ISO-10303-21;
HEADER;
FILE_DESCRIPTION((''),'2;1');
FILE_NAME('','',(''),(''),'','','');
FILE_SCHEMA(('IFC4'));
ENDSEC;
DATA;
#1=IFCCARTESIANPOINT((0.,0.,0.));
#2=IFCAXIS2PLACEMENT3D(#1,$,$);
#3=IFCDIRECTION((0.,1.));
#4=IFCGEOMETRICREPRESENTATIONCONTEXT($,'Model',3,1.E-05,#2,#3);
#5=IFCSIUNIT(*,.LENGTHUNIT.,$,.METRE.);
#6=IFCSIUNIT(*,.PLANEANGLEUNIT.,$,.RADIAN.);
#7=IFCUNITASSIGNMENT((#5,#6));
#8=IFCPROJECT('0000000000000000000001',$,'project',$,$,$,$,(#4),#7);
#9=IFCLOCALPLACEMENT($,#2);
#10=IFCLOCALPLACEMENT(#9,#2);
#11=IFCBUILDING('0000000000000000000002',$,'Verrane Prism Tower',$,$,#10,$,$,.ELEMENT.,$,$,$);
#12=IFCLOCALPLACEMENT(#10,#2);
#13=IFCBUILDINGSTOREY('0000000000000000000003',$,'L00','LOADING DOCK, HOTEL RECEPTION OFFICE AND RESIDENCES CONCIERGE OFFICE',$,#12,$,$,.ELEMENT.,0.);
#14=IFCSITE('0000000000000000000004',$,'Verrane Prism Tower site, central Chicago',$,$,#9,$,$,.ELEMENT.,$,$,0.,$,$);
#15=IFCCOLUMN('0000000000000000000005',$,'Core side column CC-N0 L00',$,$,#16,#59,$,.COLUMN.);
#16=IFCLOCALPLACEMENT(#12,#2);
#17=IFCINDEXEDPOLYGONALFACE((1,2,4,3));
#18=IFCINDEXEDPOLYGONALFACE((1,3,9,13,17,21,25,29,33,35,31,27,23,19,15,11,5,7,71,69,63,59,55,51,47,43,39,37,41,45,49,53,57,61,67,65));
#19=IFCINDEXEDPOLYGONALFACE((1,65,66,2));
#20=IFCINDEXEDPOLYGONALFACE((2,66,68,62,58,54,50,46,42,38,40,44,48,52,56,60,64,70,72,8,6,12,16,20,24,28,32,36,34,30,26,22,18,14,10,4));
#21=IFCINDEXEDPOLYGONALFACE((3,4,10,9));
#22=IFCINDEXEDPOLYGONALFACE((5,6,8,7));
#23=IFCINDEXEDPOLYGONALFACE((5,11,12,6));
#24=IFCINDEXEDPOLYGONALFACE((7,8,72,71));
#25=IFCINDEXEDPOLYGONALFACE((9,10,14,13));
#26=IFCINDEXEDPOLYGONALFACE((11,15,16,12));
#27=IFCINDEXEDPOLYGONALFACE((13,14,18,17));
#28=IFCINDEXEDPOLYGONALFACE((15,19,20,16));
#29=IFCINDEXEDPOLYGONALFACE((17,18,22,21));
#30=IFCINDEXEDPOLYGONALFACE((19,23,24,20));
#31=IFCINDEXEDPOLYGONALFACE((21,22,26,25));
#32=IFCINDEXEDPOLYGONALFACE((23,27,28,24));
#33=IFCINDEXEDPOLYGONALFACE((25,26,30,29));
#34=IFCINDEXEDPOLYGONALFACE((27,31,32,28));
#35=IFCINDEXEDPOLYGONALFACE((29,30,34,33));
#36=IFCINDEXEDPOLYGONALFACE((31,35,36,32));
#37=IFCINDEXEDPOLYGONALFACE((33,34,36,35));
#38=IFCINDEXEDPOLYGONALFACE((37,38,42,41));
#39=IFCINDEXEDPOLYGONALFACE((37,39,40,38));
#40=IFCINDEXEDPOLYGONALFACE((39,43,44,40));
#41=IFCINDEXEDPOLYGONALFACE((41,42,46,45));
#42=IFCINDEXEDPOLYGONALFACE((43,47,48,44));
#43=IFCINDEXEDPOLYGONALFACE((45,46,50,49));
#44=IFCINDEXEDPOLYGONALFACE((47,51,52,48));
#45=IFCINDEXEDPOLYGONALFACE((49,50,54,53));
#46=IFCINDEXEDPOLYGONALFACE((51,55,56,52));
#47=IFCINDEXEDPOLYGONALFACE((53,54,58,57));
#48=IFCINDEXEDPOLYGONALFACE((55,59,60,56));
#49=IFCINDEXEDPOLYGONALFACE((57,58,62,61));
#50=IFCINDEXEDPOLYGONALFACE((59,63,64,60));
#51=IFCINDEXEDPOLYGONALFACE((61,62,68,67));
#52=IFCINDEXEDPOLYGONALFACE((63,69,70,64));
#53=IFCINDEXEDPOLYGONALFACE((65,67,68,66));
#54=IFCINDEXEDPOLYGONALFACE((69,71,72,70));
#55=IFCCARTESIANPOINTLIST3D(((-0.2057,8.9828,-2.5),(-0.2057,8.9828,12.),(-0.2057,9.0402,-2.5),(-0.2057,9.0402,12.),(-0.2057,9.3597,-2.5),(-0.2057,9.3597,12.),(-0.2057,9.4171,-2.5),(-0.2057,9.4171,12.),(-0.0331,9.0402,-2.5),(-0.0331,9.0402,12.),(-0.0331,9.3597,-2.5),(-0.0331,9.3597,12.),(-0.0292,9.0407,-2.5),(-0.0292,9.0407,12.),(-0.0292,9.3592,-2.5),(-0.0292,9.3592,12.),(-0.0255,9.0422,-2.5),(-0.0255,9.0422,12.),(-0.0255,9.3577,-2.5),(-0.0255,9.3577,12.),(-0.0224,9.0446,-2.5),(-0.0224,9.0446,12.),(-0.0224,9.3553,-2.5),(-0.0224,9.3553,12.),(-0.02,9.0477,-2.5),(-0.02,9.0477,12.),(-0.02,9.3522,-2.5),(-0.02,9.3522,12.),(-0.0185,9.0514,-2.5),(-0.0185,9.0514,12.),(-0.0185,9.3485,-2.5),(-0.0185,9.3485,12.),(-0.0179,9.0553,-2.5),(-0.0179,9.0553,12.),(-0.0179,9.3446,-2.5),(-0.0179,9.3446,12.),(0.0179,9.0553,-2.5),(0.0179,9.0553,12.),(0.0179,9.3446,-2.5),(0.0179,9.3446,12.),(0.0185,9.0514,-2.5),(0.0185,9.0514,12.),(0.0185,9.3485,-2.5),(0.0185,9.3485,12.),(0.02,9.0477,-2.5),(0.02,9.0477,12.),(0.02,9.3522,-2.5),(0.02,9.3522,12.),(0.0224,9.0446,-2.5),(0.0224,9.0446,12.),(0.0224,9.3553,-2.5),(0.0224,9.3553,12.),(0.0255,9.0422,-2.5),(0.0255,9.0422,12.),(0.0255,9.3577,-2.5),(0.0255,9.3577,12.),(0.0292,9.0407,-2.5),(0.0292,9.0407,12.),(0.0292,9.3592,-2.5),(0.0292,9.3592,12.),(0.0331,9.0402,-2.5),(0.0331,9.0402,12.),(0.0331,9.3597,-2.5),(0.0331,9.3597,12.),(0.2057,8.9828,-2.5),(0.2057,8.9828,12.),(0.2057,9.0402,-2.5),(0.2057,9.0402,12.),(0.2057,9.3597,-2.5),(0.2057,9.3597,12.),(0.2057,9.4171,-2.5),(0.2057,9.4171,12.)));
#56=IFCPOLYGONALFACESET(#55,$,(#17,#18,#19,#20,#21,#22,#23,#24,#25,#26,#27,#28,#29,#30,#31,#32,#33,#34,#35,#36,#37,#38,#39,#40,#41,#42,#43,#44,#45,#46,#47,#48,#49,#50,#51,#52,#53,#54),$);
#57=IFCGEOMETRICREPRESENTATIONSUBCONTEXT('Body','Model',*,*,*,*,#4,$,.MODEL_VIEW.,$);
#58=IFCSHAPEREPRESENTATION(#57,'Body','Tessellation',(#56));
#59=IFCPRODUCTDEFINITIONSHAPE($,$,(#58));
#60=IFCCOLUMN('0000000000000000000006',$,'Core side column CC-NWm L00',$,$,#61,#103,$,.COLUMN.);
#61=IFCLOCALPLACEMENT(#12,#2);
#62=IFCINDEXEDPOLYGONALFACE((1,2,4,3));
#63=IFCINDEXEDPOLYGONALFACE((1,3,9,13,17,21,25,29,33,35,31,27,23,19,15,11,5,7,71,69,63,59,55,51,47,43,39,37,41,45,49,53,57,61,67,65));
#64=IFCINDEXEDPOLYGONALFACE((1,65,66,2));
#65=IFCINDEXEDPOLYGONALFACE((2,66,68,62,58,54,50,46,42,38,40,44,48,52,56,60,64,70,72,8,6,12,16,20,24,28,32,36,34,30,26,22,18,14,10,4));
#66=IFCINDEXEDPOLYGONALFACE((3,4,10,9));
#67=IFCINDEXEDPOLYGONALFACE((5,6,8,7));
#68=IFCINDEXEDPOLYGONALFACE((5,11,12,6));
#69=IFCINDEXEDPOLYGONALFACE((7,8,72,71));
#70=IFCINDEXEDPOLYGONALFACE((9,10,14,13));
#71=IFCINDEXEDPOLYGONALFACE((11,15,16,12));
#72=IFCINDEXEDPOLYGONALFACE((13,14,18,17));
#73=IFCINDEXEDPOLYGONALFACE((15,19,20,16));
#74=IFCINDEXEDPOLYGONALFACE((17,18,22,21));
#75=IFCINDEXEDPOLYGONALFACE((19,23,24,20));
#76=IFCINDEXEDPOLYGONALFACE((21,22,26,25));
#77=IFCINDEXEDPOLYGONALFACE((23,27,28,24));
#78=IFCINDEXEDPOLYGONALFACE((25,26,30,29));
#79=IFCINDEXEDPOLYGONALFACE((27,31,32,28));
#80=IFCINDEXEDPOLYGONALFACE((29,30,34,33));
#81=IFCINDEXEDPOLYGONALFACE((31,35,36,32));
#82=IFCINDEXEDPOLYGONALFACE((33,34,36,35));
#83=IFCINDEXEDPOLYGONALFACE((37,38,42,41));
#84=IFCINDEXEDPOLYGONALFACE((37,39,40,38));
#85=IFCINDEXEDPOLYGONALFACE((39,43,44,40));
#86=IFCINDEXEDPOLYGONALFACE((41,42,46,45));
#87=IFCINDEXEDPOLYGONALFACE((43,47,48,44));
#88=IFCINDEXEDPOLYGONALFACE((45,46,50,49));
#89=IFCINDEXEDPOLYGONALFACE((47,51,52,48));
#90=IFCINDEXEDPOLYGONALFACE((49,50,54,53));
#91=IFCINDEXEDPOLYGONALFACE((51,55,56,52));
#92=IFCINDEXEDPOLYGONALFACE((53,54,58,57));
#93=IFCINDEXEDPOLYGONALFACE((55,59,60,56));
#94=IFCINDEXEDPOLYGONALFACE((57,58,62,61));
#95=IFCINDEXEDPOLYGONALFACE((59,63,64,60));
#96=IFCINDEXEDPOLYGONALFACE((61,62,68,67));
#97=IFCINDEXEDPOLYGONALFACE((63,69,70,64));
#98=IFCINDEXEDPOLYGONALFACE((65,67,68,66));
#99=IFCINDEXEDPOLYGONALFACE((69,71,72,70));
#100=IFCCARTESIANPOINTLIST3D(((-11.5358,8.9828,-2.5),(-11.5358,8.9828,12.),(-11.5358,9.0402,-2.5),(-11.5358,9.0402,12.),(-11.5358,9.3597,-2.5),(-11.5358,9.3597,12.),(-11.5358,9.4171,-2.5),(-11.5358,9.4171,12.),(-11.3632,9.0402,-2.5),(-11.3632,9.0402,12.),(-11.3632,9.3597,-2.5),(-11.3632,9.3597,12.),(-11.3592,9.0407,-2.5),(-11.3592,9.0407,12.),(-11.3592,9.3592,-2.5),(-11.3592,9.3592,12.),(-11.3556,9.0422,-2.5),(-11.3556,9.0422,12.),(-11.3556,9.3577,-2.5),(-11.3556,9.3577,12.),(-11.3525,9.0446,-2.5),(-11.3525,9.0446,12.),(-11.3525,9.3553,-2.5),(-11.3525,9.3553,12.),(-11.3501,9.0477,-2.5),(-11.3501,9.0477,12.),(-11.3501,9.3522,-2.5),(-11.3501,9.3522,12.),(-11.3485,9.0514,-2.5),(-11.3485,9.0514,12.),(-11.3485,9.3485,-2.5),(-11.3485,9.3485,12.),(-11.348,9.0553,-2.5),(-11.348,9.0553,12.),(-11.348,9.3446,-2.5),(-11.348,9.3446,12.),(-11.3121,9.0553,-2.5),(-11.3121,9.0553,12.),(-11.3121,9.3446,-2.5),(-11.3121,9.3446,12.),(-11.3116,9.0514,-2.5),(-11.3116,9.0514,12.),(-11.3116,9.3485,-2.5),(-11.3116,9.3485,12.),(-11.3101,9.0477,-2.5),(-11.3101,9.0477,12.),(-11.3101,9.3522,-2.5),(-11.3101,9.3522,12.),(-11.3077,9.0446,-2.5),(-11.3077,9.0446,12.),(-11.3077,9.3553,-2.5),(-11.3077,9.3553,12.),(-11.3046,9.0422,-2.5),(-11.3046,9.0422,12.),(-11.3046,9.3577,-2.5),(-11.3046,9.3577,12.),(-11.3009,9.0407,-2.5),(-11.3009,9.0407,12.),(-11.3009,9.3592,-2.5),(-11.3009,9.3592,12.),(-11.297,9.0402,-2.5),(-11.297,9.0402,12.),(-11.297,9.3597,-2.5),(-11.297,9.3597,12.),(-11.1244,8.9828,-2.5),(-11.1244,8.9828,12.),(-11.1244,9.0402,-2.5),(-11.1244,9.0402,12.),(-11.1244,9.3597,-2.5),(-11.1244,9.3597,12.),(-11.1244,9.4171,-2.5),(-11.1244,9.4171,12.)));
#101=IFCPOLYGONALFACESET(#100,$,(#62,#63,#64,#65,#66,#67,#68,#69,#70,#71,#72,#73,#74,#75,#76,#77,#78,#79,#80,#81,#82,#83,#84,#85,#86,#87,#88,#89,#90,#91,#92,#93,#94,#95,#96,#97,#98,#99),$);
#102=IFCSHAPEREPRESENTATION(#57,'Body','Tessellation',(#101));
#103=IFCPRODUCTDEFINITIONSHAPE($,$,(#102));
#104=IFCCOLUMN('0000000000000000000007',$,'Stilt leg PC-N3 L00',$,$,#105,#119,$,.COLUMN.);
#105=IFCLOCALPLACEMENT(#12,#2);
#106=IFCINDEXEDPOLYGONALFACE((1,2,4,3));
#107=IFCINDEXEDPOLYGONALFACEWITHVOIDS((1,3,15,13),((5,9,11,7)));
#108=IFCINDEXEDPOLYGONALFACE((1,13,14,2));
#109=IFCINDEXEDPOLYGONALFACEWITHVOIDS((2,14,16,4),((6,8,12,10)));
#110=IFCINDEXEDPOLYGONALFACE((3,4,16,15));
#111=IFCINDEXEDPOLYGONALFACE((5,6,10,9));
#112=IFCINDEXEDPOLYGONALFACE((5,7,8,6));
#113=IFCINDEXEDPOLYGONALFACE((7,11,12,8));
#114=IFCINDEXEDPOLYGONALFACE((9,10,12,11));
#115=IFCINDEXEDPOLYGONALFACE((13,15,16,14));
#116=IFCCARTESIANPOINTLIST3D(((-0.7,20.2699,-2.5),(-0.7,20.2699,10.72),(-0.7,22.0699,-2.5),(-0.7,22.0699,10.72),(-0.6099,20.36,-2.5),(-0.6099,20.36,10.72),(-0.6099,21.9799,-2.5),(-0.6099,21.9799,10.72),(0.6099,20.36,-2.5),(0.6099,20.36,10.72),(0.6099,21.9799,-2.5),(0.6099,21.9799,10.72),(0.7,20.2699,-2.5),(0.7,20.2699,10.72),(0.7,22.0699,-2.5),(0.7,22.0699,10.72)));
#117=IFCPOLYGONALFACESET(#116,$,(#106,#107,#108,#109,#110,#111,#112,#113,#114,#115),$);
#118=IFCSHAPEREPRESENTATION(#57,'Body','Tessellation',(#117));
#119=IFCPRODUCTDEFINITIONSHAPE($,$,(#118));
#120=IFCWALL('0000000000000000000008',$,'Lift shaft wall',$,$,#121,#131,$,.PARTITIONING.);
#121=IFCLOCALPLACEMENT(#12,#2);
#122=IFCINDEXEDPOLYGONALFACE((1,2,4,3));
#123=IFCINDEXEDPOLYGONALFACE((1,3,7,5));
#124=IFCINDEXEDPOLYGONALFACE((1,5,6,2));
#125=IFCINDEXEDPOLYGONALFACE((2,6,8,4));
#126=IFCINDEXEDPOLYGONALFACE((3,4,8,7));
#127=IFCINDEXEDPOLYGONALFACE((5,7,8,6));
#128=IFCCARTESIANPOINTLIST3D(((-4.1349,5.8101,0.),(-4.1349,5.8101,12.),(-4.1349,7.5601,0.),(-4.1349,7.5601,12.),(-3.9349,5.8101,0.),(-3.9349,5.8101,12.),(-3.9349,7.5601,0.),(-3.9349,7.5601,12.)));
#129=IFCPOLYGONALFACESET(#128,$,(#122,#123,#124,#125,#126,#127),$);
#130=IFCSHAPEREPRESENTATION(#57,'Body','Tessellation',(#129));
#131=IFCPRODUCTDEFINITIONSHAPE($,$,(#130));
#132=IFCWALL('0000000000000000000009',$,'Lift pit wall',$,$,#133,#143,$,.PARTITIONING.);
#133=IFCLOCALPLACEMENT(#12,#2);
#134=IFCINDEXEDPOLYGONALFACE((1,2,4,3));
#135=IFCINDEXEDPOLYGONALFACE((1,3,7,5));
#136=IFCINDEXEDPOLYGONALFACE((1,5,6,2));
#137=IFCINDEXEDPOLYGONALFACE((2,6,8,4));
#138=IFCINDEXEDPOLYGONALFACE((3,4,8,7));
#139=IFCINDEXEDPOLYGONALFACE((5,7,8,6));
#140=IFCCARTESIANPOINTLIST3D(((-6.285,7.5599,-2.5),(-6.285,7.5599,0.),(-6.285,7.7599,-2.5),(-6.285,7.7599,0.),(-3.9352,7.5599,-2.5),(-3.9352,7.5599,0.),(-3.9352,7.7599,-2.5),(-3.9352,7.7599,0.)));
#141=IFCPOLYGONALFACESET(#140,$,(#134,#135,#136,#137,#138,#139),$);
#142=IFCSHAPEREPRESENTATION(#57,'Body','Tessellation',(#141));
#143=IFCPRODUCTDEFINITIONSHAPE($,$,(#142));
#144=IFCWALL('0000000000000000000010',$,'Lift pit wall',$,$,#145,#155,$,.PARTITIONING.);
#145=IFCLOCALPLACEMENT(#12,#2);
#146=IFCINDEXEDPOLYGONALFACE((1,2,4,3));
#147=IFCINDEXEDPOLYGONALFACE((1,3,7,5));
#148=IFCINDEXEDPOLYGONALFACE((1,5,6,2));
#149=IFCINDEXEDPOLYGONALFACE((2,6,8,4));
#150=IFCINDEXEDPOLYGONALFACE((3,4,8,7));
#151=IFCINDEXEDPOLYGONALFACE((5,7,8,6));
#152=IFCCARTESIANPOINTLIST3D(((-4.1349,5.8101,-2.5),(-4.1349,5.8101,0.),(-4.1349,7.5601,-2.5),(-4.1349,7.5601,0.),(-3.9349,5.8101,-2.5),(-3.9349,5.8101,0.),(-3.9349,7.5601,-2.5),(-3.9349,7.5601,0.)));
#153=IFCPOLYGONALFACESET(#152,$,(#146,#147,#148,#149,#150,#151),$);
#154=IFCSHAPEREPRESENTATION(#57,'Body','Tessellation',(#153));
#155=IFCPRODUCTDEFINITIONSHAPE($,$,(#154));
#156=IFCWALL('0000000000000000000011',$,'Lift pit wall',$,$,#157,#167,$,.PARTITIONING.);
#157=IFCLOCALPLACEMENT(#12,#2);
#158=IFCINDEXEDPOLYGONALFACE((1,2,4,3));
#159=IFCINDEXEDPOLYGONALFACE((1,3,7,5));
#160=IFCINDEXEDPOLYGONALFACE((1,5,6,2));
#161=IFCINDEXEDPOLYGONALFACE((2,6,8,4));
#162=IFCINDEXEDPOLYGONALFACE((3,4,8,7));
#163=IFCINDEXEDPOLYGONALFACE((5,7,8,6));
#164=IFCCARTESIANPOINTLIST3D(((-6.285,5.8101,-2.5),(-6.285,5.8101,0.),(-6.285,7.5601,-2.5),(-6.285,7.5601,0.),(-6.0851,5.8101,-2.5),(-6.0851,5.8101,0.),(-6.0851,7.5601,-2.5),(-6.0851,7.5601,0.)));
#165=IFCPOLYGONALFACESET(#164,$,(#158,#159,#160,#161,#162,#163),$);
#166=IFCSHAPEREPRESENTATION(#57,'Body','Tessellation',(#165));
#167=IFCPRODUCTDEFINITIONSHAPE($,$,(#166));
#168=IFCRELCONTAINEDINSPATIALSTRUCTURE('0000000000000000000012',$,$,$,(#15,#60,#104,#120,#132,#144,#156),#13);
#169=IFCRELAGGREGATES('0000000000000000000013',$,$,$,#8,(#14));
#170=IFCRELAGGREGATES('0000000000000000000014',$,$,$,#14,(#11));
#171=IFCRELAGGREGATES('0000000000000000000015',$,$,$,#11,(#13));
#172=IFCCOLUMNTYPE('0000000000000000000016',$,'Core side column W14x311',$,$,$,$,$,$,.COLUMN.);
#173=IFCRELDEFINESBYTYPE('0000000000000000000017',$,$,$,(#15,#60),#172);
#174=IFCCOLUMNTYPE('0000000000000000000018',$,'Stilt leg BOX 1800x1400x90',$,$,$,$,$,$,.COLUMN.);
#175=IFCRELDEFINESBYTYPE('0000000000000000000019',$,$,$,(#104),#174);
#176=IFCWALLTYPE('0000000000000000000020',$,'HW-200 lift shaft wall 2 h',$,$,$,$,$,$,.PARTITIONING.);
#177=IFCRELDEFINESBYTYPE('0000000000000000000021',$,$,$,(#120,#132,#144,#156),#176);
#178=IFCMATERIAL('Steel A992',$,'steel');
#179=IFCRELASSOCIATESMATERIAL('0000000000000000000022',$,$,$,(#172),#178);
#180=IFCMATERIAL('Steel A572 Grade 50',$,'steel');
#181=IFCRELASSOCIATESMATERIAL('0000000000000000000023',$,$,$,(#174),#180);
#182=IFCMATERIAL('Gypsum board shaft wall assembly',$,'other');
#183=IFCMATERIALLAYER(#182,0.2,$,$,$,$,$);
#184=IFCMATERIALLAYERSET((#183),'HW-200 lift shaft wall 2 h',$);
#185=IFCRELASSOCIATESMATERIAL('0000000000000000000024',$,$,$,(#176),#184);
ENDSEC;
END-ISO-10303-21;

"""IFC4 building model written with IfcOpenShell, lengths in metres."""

from ifc_helpers import new_model, si_unit, direction, frame, frame_2d, origin, origin_2d, place, context, subcontext, project, spatial, rectangle, hollow_rectangle, i_section, extrude, material, layer, layer_set, material_profile, profile_set, type_object, element, save


model = new_model("IFC4")

# Units and contexts
model_context = context("Model", 3, precision=1e-05, world=origin(), true_north=direction((0.0, 1.0)))
body_context = subcontext(model_context, "Body", "Model", "MODEL_VIEW")
ifc_project = project(units=[si_unit("LENGTHUNIT", "METRE"), si_unit("PLANEANGLEUNIT", "RADIAN")], contexts=[model_context])

# Site, building, storey
site_placement = place(None, origin())
site = spatial("IfcSite", under=ifc_project, at=site_placement, Name="Verrane Prism Tower site, central Chicago", CompositionType="ELEMENT", RefElevation=0.0)
building_placement = place(site_placement, origin())
building = spatial("IfcBuilding", under=site, at=building_placement, Name="Verrane Prism Tower", CompositionType="ELEMENT")
storey_placement = place(building_placement, origin())
storey = spatial("IfcBuildingStorey", under=building, at=storey_placement, Name="L00", Description="LOADING DOCK, HOTEL RECEPTION OFFICE AND RESIDENCES CONCIERGE OFFICE", CompositionType="ELEMENT", Elevation=0.0)

# Columns
ifc_material_1 = material(Name="Steel A992", Category="steel")
ifc_material_profile_1 = material_profile(ifc_material_1, i_section(OverallWidth=0.4114, OverallDepth=0.4343, WebThickness=0.0359, FlangeThickness=0.0574, FilletRadius=0.0151, at=origin_2d()), Name="W14x311")
ifc_profile_set_1 = profile_set([ifc_material_profile_1], Name="Steel A992")
column_type_1 = type_object("IfcColumnType", Name="Core side column W14x311", PredefinedType="COLUMN", material=ifc_profile_set_1)
for number, where, z_axis, x_axis, name in (
    (1, (0.0, 9.2, -2.5), (0.0, 0.0, 1.0), (1.0, 0.0, 0.0), "Core side column CC-N0 L00"),
    (2, (-11.3301, 9.2, -2.5), (0.0, 0.0, 1.0), (1.0, 0.0, 0.0), "Core side column CC-NWm L00"),
):
    element("IfcColumn", number, at=place(storey_placement, frame(where, z_axis=z_axis, x_axis=x_axis)), inside=storey, type_object=column_type_1, Name=name, PredefinedType="COLUMN", context=body_context, shape_type="SweptSolid", body=[
        extrude(i_section(OverallWidth=0.4114, OverallDepth=0.4343, WebThickness=0.0359, FlangeThickness=0.0574, FilletRadius=0.0151, at=origin_2d()), origin(), (0.0, 0.0, 1.0), 14.5),
    ])
ifc_material_2 = material(Name="Steel A572 Grade 50", Category="steel")
ifc_material_profile_2 = material_profile(ifc_material_2, hollow_rectangle(XDim=1.3999, YDim=1.8, WallThickness=0.0901, at=origin_2d()), Name="BOX 1800x1400x90")
ifc_profile_set_2 = profile_set([ifc_material_profile_2], Name="Steel A572 Grade 50")
column_type_2 = type_object("IfcColumnType", Name="Stilt leg BOX 1800x1400x90", PredefinedType="COLUMN", material=ifc_profile_set_2)
column_placement = place(storey_placement, frame((0.0, 21.1699, -2.5), z_axis=(0.0, 0.0, 1.0), x_axis=(1.0, 0.0, 0.0)))
element("IfcColumn", 3, at=column_placement, inside=storey, type_object=column_type_2, Name="Stilt leg PC-N3 L00", PredefinedType="COLUMN", context=body_context, shape_type="SweptSolid", body=[
    extrude(hollow_rectangle(XDim=1.3999, YDim=1.8, WallThickness=0.0901, at=origin_2d()), origin(), (0.0, 0.0, 1.0), 13.22),
])

# Walls
ifc_material_3 = material(Name="Gypsum board shaft wall assembly", Category="other")
ifc_layer_1 = layer(ifc_material_3, 0.2)
ifc_layer_set_1 = layer_set([ifc_layer_1], Name="HW-200 lift shaft wall 2 h")
wall_type_1 = type_object("IfcWallType", Name="HW-200 lift shaft wall 2 h", PredefinedType="PARTITIONING", material=ifc_layer_set_1)
wall_1_placement = place(storey_placement, frame((-4.0349, 5.8101, 0.0), z_axis=(0.0, 0.0, 1.0), x_axis=(0.0, 1.0, 0.0)))
element("IfcWall", 4, at=wall_1_placement, inside=storey, type_object=wall_type_1, Name="Lift shaft wall", PredefinedType="PARTITIONING", context=body_context, shape_type="SweptSolid", body=[
    extrude(rectangle(XDim=1.75, YDim=0.2, at=frame_2d((0.875, 0.0))), origin(), (0.0, 0.0, 1.0), 12.0),
])
wall_2_placement = place(storey_placement, frame((-6.2849, 7.6599, -2.5), z_axis=(0.0, 0.0, 1.0), x_axis=(1.0, 0.0, 0.0)))
element("IfcWall", 5, at=wall_2_placement, inside=storey, type_object=wall_type_1, Name="Lift pit wall", PredefinedType="PARTITIONING", context=body_context, shape_type="SweptSolid", body=[
    extrude(rectangle(XDim=2.3499, YDim=0.2, at=frame_2d((1.1748, 0.0))), origin(), (0.0, 0.0, 1.0), 2.5),
])
for number, where, z_axis, x_axis, name in (
    (6, (-4.0349, 5.8101, -2.5), (0.0, 0.0, 1.0), (0.0, 1.0, 0.0), "Lift pit wall"),
    (7, (-6.1851, 5.8101, -2.5), (0.0, 0.0, 1.0), (0.0, 1.0, 0.0), "Lift pit wall"),
):
    element("IfcWall", number, at=place(storey_placement, frame(where, z_axis=z_axis, x_axis=x_axis)), inside=storey, type_object=wall_type_1, Name=name, PredefinedType="PARTITIONING", context=body_context, shape_type="SweptSolid", body=[
        extrude(rectangle(XDim=1.75, YDim=0.2, at=frame_2d((0.875, 0.0))), origin(), (0.0, 0.0, 1.0), 2.5),
    ])

save(model, "model.ifc")
